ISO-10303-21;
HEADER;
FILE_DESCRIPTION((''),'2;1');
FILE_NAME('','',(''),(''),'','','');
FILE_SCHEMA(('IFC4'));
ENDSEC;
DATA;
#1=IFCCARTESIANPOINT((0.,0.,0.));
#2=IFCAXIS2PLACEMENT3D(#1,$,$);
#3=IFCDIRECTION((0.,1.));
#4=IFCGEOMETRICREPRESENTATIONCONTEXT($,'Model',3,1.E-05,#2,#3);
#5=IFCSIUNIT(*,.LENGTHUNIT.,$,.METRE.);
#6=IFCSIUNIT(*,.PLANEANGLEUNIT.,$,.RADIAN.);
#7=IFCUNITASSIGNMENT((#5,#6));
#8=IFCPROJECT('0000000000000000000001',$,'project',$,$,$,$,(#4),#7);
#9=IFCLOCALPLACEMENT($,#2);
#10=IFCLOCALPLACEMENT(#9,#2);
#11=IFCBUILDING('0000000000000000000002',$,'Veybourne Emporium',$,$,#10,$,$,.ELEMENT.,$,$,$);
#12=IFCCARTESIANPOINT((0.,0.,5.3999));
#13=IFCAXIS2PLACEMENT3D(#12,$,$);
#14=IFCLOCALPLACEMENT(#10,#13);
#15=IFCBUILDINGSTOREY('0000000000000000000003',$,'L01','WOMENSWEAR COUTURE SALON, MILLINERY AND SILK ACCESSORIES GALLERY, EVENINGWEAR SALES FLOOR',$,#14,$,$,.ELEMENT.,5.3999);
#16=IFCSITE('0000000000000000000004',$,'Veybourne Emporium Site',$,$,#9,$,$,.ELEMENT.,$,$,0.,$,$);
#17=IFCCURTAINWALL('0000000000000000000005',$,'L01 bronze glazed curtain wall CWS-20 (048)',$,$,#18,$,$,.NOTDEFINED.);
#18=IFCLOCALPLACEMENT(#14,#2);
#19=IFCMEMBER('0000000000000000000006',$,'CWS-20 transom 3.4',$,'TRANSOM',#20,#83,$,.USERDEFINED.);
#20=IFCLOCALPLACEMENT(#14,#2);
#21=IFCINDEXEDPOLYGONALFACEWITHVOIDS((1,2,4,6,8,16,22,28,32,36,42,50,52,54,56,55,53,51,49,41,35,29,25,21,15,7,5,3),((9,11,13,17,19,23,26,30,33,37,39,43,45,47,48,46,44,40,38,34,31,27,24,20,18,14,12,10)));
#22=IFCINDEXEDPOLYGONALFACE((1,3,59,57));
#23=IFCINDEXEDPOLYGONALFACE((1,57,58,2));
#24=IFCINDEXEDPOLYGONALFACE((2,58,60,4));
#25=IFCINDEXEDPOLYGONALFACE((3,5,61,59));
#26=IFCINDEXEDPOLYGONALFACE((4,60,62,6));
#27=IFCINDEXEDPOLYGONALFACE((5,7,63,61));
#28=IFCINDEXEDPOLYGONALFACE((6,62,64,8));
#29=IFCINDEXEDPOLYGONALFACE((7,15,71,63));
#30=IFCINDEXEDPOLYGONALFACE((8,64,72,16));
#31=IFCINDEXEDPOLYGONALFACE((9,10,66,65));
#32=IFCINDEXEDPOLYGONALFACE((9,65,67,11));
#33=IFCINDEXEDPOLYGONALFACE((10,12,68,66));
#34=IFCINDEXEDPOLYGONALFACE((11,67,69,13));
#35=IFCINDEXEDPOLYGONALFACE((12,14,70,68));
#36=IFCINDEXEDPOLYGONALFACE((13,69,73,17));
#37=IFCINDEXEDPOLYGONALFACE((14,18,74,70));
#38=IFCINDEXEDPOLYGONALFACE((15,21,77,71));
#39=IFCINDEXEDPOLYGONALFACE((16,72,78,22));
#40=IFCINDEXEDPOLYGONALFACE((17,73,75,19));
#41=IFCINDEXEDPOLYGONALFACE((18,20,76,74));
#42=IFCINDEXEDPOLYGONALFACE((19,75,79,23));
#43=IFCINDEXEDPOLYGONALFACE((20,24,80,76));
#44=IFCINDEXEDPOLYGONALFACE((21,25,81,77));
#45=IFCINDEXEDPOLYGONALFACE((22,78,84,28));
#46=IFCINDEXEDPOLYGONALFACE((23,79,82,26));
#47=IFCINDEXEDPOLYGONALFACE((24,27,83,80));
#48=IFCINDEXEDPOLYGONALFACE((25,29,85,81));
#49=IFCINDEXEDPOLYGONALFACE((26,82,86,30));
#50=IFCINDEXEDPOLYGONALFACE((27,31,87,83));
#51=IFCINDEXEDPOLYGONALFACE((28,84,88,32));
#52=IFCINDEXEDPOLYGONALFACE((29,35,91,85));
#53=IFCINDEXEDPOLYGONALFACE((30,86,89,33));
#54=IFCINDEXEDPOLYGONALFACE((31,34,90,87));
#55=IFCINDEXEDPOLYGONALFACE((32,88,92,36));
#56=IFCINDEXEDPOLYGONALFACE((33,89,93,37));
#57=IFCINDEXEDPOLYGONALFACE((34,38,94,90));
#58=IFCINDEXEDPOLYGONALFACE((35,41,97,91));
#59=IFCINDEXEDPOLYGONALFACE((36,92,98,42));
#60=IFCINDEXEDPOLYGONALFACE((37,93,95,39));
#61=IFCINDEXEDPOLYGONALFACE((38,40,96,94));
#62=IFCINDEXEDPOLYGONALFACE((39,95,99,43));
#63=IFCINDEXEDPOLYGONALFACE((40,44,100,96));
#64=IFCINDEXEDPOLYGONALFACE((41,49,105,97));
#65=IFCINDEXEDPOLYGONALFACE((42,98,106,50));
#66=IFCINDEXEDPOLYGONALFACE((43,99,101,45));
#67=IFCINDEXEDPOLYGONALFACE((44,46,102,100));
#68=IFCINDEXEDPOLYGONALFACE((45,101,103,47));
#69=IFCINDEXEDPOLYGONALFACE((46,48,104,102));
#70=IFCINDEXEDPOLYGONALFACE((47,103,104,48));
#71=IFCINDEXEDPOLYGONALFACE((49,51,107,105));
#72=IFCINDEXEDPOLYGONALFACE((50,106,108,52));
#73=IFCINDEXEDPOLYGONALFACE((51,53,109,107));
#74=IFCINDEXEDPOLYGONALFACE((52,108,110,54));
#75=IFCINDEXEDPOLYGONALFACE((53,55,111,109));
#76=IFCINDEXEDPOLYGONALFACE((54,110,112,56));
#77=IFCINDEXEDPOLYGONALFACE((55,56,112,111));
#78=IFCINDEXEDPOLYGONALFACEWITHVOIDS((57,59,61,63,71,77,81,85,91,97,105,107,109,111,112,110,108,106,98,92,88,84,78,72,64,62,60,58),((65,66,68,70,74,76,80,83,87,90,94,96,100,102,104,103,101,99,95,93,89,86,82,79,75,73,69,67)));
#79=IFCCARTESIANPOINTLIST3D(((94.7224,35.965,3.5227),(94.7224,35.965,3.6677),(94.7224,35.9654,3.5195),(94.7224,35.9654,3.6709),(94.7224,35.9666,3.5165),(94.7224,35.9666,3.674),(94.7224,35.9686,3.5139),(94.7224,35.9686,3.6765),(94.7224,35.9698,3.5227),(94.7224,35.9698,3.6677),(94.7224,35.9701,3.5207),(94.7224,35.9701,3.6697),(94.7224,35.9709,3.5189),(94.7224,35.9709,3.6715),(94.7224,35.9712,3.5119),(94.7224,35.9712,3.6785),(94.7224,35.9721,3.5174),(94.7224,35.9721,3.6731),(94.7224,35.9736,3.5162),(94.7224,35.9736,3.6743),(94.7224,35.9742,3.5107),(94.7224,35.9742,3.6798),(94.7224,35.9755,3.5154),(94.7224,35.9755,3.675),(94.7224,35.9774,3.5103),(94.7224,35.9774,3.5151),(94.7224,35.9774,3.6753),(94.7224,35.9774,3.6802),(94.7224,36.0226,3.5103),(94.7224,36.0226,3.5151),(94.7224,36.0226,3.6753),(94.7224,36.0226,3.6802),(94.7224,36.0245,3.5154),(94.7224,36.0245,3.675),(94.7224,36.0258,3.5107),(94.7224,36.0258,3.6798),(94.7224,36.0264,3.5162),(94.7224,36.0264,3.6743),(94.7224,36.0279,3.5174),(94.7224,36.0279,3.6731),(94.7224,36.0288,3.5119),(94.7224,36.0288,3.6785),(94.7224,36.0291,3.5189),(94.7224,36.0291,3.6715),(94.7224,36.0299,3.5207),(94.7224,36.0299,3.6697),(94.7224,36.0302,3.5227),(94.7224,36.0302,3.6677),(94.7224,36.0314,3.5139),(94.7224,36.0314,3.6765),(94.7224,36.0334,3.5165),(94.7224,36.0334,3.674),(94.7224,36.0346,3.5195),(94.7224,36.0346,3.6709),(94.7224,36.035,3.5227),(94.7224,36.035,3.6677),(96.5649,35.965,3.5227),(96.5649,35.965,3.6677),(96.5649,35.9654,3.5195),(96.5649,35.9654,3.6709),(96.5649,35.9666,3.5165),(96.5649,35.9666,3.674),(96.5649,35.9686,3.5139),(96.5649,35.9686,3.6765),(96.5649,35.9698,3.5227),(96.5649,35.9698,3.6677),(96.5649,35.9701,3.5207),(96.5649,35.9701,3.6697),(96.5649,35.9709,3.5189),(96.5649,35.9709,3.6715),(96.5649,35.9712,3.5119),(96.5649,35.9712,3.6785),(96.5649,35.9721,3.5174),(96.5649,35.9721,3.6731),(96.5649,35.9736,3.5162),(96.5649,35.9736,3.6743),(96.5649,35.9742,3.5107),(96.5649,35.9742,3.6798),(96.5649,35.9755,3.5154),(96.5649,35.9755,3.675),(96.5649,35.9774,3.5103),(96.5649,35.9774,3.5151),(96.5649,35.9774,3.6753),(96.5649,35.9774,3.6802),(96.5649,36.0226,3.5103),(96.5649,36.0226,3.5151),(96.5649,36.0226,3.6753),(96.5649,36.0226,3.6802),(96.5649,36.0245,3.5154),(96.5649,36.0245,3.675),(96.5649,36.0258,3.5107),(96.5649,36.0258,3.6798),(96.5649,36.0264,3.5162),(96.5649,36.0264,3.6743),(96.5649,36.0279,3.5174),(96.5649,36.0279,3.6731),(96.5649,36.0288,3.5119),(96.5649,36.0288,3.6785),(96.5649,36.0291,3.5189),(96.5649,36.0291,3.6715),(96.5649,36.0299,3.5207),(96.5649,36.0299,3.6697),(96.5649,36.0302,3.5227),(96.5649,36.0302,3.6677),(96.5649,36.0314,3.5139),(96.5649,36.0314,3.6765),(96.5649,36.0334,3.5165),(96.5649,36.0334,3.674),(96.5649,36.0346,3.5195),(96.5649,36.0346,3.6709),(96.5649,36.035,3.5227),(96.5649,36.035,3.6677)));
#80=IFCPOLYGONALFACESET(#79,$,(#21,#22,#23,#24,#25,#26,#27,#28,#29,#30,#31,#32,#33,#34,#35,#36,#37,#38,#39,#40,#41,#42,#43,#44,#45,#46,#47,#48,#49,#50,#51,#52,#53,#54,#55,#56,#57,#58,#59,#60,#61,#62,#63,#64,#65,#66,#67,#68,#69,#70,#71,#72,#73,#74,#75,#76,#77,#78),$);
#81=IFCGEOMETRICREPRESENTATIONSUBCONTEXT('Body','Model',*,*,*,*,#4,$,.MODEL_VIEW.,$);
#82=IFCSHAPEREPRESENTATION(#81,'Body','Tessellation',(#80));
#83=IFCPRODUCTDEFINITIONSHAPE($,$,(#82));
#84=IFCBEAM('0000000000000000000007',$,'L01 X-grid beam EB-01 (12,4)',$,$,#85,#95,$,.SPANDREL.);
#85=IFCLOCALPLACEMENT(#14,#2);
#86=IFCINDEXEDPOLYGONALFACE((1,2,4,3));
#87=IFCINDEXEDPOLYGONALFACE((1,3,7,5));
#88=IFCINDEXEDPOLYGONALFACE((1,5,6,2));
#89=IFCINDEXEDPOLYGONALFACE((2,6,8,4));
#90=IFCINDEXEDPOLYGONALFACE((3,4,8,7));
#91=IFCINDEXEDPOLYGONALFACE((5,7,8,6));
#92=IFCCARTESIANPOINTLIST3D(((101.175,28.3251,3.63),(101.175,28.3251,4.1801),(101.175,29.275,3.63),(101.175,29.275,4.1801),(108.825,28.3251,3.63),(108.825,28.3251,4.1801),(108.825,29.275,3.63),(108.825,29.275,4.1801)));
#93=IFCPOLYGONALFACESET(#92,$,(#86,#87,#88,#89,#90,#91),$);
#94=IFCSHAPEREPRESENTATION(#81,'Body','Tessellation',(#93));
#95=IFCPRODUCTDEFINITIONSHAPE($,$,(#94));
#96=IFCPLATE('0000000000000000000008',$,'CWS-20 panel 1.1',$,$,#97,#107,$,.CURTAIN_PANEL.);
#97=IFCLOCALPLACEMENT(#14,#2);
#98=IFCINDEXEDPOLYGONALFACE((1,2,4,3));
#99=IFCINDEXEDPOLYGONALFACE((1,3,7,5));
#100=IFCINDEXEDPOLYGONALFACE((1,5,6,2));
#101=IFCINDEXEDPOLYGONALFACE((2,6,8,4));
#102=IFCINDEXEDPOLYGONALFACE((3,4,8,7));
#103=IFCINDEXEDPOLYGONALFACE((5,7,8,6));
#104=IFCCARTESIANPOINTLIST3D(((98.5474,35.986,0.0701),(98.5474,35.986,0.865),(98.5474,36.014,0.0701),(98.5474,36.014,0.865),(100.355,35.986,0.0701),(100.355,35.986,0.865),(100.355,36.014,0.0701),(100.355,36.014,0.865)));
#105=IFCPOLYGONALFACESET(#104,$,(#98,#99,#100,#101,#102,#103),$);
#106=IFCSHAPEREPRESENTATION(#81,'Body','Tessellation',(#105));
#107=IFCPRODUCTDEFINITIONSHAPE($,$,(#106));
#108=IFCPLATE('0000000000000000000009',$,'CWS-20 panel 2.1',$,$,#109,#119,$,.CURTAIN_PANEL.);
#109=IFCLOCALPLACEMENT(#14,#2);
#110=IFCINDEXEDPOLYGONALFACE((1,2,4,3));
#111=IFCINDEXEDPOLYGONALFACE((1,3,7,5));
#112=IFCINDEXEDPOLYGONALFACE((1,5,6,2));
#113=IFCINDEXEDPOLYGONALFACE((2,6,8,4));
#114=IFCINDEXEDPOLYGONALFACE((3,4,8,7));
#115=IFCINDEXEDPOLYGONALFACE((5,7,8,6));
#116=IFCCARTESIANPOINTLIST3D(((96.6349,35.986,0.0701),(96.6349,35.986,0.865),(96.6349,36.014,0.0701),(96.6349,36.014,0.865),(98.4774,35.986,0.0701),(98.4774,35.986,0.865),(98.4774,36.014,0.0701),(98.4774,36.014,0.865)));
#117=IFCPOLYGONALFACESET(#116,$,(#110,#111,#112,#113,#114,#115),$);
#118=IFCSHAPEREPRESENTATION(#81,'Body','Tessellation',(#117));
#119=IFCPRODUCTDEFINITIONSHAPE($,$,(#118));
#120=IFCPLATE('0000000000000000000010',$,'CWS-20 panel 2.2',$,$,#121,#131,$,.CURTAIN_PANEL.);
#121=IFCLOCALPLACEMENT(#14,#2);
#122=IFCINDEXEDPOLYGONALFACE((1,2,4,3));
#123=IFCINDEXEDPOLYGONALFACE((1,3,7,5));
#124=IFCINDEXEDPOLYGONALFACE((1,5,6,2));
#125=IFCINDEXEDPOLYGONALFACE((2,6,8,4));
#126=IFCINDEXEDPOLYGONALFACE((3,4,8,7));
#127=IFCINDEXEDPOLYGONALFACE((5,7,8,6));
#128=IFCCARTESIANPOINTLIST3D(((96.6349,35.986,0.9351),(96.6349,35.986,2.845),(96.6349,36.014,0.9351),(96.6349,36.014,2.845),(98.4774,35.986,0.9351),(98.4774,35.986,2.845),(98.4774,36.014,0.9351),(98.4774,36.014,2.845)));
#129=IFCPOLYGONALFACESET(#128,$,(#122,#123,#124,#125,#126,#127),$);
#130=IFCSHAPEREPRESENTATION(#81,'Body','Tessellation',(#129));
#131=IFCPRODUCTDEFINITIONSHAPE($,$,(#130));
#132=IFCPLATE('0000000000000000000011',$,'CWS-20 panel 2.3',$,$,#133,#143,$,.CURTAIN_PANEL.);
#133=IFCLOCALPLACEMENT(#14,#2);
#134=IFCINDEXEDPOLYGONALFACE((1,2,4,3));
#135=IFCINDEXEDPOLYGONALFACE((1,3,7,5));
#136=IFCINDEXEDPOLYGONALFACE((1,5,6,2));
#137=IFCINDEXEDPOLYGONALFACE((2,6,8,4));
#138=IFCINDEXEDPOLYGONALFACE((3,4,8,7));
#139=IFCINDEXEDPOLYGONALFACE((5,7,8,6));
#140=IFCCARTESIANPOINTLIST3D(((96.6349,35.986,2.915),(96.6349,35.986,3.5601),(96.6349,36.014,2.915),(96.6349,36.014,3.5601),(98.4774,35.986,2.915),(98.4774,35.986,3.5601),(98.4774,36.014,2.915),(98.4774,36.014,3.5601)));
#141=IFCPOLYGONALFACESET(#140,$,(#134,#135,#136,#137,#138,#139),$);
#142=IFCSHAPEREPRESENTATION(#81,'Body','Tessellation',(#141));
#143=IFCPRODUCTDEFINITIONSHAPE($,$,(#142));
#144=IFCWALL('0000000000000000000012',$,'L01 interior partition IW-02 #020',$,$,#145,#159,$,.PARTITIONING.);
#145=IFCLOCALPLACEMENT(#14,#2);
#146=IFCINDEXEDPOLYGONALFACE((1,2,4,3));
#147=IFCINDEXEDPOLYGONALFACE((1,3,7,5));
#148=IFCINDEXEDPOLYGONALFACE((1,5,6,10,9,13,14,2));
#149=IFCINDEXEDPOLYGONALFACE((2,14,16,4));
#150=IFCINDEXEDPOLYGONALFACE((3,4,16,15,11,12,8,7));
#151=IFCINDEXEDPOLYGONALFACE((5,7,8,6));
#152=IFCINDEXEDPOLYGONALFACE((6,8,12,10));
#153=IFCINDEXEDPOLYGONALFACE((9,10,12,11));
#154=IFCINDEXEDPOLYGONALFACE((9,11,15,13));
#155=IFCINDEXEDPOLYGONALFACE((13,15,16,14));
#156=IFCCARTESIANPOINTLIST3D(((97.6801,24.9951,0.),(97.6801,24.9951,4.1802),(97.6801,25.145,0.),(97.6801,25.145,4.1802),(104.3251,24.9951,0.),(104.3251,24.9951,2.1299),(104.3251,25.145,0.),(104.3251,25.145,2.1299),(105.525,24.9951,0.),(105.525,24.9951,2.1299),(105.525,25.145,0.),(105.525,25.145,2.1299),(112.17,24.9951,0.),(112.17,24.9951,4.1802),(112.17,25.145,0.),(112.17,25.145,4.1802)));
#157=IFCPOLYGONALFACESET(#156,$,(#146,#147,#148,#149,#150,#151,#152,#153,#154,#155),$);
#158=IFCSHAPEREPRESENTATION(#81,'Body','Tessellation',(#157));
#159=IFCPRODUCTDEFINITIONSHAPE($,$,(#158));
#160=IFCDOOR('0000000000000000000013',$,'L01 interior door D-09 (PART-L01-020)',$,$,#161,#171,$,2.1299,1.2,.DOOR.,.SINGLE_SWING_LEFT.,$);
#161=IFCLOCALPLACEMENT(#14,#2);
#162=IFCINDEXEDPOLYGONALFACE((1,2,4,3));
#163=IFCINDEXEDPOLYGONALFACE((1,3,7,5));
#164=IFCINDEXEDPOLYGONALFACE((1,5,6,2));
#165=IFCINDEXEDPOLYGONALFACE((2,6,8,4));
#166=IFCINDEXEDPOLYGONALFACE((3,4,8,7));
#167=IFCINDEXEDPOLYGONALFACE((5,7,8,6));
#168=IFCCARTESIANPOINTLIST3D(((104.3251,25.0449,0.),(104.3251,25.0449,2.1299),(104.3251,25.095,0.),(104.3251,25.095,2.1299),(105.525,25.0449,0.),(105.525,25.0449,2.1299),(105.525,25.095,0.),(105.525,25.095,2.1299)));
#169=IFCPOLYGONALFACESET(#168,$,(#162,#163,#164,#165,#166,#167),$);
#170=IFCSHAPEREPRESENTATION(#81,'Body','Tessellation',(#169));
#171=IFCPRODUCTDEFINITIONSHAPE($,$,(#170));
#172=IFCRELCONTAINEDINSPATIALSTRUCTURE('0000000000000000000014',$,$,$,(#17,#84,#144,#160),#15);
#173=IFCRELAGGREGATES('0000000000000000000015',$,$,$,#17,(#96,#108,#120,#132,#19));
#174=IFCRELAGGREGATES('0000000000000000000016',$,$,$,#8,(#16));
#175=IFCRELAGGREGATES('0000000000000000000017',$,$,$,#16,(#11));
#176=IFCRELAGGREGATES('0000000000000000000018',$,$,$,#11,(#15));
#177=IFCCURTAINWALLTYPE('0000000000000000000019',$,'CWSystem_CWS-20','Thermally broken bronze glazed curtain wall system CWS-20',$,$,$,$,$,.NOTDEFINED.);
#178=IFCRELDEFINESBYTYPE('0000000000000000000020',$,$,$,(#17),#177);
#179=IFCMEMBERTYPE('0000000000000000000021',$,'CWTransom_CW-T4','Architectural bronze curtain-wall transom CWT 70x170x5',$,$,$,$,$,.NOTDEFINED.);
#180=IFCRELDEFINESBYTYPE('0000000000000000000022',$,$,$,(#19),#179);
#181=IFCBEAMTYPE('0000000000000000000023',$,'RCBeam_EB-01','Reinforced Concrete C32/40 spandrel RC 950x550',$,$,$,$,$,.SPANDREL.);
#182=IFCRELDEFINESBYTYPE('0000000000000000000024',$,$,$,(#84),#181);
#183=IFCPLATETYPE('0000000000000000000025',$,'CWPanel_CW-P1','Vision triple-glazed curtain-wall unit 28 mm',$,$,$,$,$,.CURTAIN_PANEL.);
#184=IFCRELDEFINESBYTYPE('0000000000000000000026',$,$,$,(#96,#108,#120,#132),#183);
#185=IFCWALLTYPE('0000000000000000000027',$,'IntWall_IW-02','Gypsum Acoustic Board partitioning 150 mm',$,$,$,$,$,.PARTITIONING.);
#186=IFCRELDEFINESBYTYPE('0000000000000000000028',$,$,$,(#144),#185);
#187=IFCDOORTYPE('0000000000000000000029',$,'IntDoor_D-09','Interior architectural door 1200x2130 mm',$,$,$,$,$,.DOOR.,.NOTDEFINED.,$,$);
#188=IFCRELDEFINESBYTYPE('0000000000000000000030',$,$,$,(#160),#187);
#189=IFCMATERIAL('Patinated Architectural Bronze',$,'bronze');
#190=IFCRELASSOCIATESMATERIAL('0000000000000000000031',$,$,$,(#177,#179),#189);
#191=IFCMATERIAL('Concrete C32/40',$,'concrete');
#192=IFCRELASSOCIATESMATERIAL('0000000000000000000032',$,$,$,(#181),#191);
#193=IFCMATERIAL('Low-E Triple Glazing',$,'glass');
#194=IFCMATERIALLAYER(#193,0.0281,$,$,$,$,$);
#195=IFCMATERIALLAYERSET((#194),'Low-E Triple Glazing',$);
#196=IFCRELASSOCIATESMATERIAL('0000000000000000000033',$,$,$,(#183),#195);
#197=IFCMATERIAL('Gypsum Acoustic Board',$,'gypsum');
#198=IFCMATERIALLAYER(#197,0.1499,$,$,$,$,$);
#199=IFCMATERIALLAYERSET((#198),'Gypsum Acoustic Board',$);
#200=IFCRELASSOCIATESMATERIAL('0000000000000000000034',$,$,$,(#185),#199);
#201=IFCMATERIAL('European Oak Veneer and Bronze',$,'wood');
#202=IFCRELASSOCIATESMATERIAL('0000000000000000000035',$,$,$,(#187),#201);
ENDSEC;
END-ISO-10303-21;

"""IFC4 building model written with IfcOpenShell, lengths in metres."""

from ifc_helpers import new_model, si_unit, direction, frame, frame_2d, origin, origin_2d, place, context, subcontext, project, spatial, rectangle, hollow_rectangle, extrude, material, layer, layer_set, material_profile, profile_set, type_object, element, fill, aggregate, save


model = new_model("IFC4")

# Units and contexts
model_context = context("Model", 3, precision=1e-05, world=origin(), true_north=direction((0.0, 1.0)))
body_context = subcontext(model_context, "Body", "Model", "MODEL_VIEW")
ifc_project = project(units=[si_unit("LENGTHUNIT", "METRE"), si_unit("PLANEANGLEUNIT", "RADIAN")], contexts=[model_context])

# Site, building, storey
site_placement = place(None, origin())
site = spatial("IfcSite", under=ifc_project, at=site_placement, Name="Veybourne Emporium Site", CompositionType="ELEMENT", RefElevation=0.0)
building_placement = place(site_placement, origin())
building = spatial("IfcBuilding", under=site, at=building_placement, Name="Veybourne Emporium", CompositionType="ELEMENT")
storey_placement = place(building_placement, frame((0.0, 0.0, 5.3999)))
storey = spatial("IfcBuildingStorey", under=building, at=storey_placement, Name="L01", Description="WOMENSWEAR COUTURE SALON, MILLINERY AND SILK ACCESSORIES GALLERY, EVENINGWEAR SALES FLOOR", CompositionType="ELEMENT", Elevation=5.3999)

# Curtain wall, member
ifc_material_1 = material(Name="Patinated Architectural Bronze", Category="bronze")
curtain_wall_type = type_object("IfcCurtainWallType", Name="CWSystem_CWS-20", Description="Thermally broken bronze glazed curtain wall system CWS-20", PredefinedType="NOTDEFINED", material=ifc_material_1)
curtain_wall_placement = place(storey_placement, origin())
curtain_wall = element("IfcCurtainWall", 1, at=curtain_wall_placement, inside=storey, type_object=curtain_wall_type, Name="L01 bronze glazed curtain wall CWS-20 (048)", PredefinedType="NOTDEFINED")
ifc_material_profile_1 = material_profile(ifc_material_1, hollow_rectangle(XDim=0.0701, YDim=0.1699, WallThickness=0.0049, InnerFilletRadius=0.0076, OuterFilletRadius=0.0125, at=origin_2d()), Name="CWT 70x170x5")
ifc_profile_set_1 = profile_set([ifc_material_profile_1], Name="Patinated Architectural Bronze")
member_type_1 = type_object("IfcMemberType", Name="CWTransom_CW-T4", Description="Architectural bronze curtain-wall transom CWT 70x170x5", PredefinedType="NOTDEFINED", material=ifc_profile_set_1)
member_1_placement = place(storey_placement, frame((96.5649, 36.0, 3.5952), z_axis=(-1.0, 0.0, 0.0), x_axis=(0.0, -1.0, 0.0)))
member_1 = element("IfcMember", 2, at=member_1_placement, type_object=member_type_1, Name="CWS-20 transom 3.4", ObjectType="TRANSOM", PredefinedType="USERDEFINED", context=body_context, shape_type="SweptSolid", body=[
    extrude(hollow_rectangle(XDim=0.0701, YDim=0.1699, WallThickness=0.0049, InnerFilletRadius=0.0076, OuterFilletRadius=0.0125, at=origin_2d()), origin(), (0.0, 0.0, 1.0), 1.8425),
])

# Beam
ifc_material_2 = material(Name="Concrete C32/40", Category="concrete")
ifc_material_profile_2 = material_profile(ifc_material_2, rectangle(XDim=0.95, YDim=0.55, at=origin_2d()), Name="RC 950x550")
ifc_profile_set_2 = profile_set([ifc_material_profile_2], Name="Concrete C32/40")
beam_type = type_object("IfcBeamType", Name="RCBeam_EB-01", Description="Reinforced Concrete C32/40 spandrel RC 950x550", PredefinedType="SPANDREL", material=ifc_profile_set_2)
beam_placement = place(storey_placement, frame((101.175, 28.8, 3.905), z_axis=(1.0, 0.0, 0.0), x_axis=(0.0, 1.0, 0.0)))
element("IfcBeam", 3, at=beam_placement, inside=storey, type_object=beam_type, Name="L01 X-grid beam EB-01 (12,4)", PredefinedType="SPANDREL", context=body_context, shape_type="SweptSolid", body=[
    extrude(rectangle(XDim=0.95, YDim=0.55, at=origin_2d()), origin(), (0.0, 0.0, 1.0), 7.6499),
])

# Plates
ifc_material_3 = material(Name="Low-E Triple Glazing", Category="glass")
ifc_layer_1 = layer(ifc_material_3, 0.0281)
ifc_layer_set_1 = layer_set([ifc_layer_1], Name="Low-E Triple Glazing")
plate_type = type_object("IfcPlateType", Name="CWPanel_CW-P1", Description="Vision triple-glazed curtain-wall unit 28 mm", PredefinedType="CURTAIN_PANEL", material=ifc_layer_set_1)
plate_1_placement = place(storey_placement, frame((99.4512, 36.0, 0.0701), z_axis=(0.0, 0.0, 1.0), x_axis=(-1.0, 0.0, 0.0)))
plate_1 = element("IfcPlate", 4, at=plate_1_placement, type_object=plate_type, Name="CWS-20 panel 1.1", PredefinedType="CURTAIN_PANEL", context=body_context, shape_type="SweptSolid", body=[
    extrude(rectangle(XDim=1.8076, YDim=0.0281, at=origin_2d()), origin(), (0.0, 0.0, 1.0), 0.7949),
])
plate_2_placement = place(storey_placement, frame((97.5562, 36.0, 0.0701), z_axis=(0.0, 0.0, 1.0), x_axis=(-1.0, 0.0, 0.0)))
plate_2 = element("IfcPlate", 5, at=plate_2_placement, type_object=plate_type, Name="CWS-20 panel 2.1", PredefinedType="CURTAIN_PANEL", context=body_context, shape_type="SweptSolid", body=[
    extrude(rectangle(XDim=1.8425, YDim=0.0281, at=origin_2d()), origin(), (0.0, 0.0, 1.0), 0.7949),
])
plate_3_placement = place(storey_placement, frame((97.5562, 36.0, 0.9351), z_axis=(0.0, 0.0, 1.0), x_axis=(-1.0, 0.0, 0.0)))
plate_3 = element("IfcPlate", 6, at=plate_3_placement, type_object=plate_type, Name="CWS-20 panel 2.2", PredefinedType="CURTAIN_PANEL", context=body_context, shape_type="SweptSolid", body=[
    extrude(rectangle(XDim=1.8425, YDim=0.0281, at=origin_2d()), origin(), (0.0, 0.0, 1.0), 1.9099),
])
plate_4_placement = place(storey_placement, frame((97.5562, 36.0, 2.915), z_axis=(0.0, 0.0, 1.0), x_axis=(-1.0, 0.0, 0.0)))
plate_4 = element("IfcPlate", 7, at=plate_4_placement, type_object=plate_type, Name="CWS-20 panel 2.3", PredefinedType="CURTAIN_PANEL", context=body_context, shape_type="SweptSolid", body=[
    extrude(rectangle(XDim=1.8425, YDim=0.0281, at=origin_2d()), origin(), (0.0, 0.0, 1.0), 0.645),
])
aggregate(curtain_wall, [plate_1, plate_2, plate_3, plate_4, member_1])

# Wall, opening, door
ifc_material_4 = material(Name="Gypsum Acoustic Board", Category="gypsum")
ifc_layer_2 = layer(ifc_material_4, 0.1499)
ifc_layer_set_2 = layer_set([ifc_layer_2], Name="Gypsum Acoustic Board")
wall_type = type_object("IfcWallType", Name="IntWall_IW-02", Description="Gypsum Acoustic Board partitioning 150 mm", PredefinedType="PARTITIONING", material=ifc_layer_set_2)
wall_placement = place(storey_placement, frame((97.6799, 25.0701, 0.0), z_axis=(0.0, 0.0, 1.0), x_axis=(1.0, 0.0, 0.0)))
wall = element("IfcWall", 8, at=wall_placement, inside=storey, type_object=wall_type, Name="L01 interior partition IW-02 #020", PredefinedType="PARTITIONING", context=body_context, shape_type="SweptSolid", body=[
    extrude(rectangle(XDim=14.49, YDim=0.1499, at=frame_2d((7.2451, 0.0))), origin(), (0.0, 0.0, 1.0), 4.1802),
])
opening_placement = place(wall_placement, frame((6.645, 0.0, 0.0)))
opening = element("IfcOpeningElement", 9, at=opening_placement, cuts=wall, PredefinedType="OPENING", context=body_context, shape_type="SweptSolid", body=[
    extrude(rectangle(XDim=1.2, YDim=2.1299, at=frame_2d((0.6001, 1.0649))), frame((0.0, 0.095, 0.0), z_axis=(0.0, -1.0, 0.0), x_axis=(1.0, 0.0, 0.0)), (0.0, 0.0, 1.0), 0.1899),
])
ifc_material_5 = material(Name="European Oak Veneer and Bronze", Category="wood")
door_type = type_object("IfcDoorType", Name="IntDoor_D-09", Description="Interior architectural door 1200x2130 mm", OperationType="NOTDEFINED", PredefinedType="DOOR", material=ifc_material_5)
door_placement = place(opening_placement, origin())
door = element("IfcDoor", 10, at=door_placement, inside=storey, type_object=door_type, Name="L01 interior door D-09 (PART-L01-020)", OperationType="SINGLE_SWING_LEFT", OverallHeight=2.1299, OverallWidth=1.2, PredefinedType="DOOR", context=body_context, shape_type="SweptSolid", body=[
    extrude(rectangle(XDim=1.2, YDim=2.1299, at=frame_2d((0.6001, 1.0649))), frame((0.0, 0.0249, 0.0), z_axis=(0.0, -1.0, 0.0), x_axis=(1.0, 0.0, 0.0)), (0.0, 0.0, 1.0), 0.05),
])
fill(opening, door)

save(model, "model.ifc")
